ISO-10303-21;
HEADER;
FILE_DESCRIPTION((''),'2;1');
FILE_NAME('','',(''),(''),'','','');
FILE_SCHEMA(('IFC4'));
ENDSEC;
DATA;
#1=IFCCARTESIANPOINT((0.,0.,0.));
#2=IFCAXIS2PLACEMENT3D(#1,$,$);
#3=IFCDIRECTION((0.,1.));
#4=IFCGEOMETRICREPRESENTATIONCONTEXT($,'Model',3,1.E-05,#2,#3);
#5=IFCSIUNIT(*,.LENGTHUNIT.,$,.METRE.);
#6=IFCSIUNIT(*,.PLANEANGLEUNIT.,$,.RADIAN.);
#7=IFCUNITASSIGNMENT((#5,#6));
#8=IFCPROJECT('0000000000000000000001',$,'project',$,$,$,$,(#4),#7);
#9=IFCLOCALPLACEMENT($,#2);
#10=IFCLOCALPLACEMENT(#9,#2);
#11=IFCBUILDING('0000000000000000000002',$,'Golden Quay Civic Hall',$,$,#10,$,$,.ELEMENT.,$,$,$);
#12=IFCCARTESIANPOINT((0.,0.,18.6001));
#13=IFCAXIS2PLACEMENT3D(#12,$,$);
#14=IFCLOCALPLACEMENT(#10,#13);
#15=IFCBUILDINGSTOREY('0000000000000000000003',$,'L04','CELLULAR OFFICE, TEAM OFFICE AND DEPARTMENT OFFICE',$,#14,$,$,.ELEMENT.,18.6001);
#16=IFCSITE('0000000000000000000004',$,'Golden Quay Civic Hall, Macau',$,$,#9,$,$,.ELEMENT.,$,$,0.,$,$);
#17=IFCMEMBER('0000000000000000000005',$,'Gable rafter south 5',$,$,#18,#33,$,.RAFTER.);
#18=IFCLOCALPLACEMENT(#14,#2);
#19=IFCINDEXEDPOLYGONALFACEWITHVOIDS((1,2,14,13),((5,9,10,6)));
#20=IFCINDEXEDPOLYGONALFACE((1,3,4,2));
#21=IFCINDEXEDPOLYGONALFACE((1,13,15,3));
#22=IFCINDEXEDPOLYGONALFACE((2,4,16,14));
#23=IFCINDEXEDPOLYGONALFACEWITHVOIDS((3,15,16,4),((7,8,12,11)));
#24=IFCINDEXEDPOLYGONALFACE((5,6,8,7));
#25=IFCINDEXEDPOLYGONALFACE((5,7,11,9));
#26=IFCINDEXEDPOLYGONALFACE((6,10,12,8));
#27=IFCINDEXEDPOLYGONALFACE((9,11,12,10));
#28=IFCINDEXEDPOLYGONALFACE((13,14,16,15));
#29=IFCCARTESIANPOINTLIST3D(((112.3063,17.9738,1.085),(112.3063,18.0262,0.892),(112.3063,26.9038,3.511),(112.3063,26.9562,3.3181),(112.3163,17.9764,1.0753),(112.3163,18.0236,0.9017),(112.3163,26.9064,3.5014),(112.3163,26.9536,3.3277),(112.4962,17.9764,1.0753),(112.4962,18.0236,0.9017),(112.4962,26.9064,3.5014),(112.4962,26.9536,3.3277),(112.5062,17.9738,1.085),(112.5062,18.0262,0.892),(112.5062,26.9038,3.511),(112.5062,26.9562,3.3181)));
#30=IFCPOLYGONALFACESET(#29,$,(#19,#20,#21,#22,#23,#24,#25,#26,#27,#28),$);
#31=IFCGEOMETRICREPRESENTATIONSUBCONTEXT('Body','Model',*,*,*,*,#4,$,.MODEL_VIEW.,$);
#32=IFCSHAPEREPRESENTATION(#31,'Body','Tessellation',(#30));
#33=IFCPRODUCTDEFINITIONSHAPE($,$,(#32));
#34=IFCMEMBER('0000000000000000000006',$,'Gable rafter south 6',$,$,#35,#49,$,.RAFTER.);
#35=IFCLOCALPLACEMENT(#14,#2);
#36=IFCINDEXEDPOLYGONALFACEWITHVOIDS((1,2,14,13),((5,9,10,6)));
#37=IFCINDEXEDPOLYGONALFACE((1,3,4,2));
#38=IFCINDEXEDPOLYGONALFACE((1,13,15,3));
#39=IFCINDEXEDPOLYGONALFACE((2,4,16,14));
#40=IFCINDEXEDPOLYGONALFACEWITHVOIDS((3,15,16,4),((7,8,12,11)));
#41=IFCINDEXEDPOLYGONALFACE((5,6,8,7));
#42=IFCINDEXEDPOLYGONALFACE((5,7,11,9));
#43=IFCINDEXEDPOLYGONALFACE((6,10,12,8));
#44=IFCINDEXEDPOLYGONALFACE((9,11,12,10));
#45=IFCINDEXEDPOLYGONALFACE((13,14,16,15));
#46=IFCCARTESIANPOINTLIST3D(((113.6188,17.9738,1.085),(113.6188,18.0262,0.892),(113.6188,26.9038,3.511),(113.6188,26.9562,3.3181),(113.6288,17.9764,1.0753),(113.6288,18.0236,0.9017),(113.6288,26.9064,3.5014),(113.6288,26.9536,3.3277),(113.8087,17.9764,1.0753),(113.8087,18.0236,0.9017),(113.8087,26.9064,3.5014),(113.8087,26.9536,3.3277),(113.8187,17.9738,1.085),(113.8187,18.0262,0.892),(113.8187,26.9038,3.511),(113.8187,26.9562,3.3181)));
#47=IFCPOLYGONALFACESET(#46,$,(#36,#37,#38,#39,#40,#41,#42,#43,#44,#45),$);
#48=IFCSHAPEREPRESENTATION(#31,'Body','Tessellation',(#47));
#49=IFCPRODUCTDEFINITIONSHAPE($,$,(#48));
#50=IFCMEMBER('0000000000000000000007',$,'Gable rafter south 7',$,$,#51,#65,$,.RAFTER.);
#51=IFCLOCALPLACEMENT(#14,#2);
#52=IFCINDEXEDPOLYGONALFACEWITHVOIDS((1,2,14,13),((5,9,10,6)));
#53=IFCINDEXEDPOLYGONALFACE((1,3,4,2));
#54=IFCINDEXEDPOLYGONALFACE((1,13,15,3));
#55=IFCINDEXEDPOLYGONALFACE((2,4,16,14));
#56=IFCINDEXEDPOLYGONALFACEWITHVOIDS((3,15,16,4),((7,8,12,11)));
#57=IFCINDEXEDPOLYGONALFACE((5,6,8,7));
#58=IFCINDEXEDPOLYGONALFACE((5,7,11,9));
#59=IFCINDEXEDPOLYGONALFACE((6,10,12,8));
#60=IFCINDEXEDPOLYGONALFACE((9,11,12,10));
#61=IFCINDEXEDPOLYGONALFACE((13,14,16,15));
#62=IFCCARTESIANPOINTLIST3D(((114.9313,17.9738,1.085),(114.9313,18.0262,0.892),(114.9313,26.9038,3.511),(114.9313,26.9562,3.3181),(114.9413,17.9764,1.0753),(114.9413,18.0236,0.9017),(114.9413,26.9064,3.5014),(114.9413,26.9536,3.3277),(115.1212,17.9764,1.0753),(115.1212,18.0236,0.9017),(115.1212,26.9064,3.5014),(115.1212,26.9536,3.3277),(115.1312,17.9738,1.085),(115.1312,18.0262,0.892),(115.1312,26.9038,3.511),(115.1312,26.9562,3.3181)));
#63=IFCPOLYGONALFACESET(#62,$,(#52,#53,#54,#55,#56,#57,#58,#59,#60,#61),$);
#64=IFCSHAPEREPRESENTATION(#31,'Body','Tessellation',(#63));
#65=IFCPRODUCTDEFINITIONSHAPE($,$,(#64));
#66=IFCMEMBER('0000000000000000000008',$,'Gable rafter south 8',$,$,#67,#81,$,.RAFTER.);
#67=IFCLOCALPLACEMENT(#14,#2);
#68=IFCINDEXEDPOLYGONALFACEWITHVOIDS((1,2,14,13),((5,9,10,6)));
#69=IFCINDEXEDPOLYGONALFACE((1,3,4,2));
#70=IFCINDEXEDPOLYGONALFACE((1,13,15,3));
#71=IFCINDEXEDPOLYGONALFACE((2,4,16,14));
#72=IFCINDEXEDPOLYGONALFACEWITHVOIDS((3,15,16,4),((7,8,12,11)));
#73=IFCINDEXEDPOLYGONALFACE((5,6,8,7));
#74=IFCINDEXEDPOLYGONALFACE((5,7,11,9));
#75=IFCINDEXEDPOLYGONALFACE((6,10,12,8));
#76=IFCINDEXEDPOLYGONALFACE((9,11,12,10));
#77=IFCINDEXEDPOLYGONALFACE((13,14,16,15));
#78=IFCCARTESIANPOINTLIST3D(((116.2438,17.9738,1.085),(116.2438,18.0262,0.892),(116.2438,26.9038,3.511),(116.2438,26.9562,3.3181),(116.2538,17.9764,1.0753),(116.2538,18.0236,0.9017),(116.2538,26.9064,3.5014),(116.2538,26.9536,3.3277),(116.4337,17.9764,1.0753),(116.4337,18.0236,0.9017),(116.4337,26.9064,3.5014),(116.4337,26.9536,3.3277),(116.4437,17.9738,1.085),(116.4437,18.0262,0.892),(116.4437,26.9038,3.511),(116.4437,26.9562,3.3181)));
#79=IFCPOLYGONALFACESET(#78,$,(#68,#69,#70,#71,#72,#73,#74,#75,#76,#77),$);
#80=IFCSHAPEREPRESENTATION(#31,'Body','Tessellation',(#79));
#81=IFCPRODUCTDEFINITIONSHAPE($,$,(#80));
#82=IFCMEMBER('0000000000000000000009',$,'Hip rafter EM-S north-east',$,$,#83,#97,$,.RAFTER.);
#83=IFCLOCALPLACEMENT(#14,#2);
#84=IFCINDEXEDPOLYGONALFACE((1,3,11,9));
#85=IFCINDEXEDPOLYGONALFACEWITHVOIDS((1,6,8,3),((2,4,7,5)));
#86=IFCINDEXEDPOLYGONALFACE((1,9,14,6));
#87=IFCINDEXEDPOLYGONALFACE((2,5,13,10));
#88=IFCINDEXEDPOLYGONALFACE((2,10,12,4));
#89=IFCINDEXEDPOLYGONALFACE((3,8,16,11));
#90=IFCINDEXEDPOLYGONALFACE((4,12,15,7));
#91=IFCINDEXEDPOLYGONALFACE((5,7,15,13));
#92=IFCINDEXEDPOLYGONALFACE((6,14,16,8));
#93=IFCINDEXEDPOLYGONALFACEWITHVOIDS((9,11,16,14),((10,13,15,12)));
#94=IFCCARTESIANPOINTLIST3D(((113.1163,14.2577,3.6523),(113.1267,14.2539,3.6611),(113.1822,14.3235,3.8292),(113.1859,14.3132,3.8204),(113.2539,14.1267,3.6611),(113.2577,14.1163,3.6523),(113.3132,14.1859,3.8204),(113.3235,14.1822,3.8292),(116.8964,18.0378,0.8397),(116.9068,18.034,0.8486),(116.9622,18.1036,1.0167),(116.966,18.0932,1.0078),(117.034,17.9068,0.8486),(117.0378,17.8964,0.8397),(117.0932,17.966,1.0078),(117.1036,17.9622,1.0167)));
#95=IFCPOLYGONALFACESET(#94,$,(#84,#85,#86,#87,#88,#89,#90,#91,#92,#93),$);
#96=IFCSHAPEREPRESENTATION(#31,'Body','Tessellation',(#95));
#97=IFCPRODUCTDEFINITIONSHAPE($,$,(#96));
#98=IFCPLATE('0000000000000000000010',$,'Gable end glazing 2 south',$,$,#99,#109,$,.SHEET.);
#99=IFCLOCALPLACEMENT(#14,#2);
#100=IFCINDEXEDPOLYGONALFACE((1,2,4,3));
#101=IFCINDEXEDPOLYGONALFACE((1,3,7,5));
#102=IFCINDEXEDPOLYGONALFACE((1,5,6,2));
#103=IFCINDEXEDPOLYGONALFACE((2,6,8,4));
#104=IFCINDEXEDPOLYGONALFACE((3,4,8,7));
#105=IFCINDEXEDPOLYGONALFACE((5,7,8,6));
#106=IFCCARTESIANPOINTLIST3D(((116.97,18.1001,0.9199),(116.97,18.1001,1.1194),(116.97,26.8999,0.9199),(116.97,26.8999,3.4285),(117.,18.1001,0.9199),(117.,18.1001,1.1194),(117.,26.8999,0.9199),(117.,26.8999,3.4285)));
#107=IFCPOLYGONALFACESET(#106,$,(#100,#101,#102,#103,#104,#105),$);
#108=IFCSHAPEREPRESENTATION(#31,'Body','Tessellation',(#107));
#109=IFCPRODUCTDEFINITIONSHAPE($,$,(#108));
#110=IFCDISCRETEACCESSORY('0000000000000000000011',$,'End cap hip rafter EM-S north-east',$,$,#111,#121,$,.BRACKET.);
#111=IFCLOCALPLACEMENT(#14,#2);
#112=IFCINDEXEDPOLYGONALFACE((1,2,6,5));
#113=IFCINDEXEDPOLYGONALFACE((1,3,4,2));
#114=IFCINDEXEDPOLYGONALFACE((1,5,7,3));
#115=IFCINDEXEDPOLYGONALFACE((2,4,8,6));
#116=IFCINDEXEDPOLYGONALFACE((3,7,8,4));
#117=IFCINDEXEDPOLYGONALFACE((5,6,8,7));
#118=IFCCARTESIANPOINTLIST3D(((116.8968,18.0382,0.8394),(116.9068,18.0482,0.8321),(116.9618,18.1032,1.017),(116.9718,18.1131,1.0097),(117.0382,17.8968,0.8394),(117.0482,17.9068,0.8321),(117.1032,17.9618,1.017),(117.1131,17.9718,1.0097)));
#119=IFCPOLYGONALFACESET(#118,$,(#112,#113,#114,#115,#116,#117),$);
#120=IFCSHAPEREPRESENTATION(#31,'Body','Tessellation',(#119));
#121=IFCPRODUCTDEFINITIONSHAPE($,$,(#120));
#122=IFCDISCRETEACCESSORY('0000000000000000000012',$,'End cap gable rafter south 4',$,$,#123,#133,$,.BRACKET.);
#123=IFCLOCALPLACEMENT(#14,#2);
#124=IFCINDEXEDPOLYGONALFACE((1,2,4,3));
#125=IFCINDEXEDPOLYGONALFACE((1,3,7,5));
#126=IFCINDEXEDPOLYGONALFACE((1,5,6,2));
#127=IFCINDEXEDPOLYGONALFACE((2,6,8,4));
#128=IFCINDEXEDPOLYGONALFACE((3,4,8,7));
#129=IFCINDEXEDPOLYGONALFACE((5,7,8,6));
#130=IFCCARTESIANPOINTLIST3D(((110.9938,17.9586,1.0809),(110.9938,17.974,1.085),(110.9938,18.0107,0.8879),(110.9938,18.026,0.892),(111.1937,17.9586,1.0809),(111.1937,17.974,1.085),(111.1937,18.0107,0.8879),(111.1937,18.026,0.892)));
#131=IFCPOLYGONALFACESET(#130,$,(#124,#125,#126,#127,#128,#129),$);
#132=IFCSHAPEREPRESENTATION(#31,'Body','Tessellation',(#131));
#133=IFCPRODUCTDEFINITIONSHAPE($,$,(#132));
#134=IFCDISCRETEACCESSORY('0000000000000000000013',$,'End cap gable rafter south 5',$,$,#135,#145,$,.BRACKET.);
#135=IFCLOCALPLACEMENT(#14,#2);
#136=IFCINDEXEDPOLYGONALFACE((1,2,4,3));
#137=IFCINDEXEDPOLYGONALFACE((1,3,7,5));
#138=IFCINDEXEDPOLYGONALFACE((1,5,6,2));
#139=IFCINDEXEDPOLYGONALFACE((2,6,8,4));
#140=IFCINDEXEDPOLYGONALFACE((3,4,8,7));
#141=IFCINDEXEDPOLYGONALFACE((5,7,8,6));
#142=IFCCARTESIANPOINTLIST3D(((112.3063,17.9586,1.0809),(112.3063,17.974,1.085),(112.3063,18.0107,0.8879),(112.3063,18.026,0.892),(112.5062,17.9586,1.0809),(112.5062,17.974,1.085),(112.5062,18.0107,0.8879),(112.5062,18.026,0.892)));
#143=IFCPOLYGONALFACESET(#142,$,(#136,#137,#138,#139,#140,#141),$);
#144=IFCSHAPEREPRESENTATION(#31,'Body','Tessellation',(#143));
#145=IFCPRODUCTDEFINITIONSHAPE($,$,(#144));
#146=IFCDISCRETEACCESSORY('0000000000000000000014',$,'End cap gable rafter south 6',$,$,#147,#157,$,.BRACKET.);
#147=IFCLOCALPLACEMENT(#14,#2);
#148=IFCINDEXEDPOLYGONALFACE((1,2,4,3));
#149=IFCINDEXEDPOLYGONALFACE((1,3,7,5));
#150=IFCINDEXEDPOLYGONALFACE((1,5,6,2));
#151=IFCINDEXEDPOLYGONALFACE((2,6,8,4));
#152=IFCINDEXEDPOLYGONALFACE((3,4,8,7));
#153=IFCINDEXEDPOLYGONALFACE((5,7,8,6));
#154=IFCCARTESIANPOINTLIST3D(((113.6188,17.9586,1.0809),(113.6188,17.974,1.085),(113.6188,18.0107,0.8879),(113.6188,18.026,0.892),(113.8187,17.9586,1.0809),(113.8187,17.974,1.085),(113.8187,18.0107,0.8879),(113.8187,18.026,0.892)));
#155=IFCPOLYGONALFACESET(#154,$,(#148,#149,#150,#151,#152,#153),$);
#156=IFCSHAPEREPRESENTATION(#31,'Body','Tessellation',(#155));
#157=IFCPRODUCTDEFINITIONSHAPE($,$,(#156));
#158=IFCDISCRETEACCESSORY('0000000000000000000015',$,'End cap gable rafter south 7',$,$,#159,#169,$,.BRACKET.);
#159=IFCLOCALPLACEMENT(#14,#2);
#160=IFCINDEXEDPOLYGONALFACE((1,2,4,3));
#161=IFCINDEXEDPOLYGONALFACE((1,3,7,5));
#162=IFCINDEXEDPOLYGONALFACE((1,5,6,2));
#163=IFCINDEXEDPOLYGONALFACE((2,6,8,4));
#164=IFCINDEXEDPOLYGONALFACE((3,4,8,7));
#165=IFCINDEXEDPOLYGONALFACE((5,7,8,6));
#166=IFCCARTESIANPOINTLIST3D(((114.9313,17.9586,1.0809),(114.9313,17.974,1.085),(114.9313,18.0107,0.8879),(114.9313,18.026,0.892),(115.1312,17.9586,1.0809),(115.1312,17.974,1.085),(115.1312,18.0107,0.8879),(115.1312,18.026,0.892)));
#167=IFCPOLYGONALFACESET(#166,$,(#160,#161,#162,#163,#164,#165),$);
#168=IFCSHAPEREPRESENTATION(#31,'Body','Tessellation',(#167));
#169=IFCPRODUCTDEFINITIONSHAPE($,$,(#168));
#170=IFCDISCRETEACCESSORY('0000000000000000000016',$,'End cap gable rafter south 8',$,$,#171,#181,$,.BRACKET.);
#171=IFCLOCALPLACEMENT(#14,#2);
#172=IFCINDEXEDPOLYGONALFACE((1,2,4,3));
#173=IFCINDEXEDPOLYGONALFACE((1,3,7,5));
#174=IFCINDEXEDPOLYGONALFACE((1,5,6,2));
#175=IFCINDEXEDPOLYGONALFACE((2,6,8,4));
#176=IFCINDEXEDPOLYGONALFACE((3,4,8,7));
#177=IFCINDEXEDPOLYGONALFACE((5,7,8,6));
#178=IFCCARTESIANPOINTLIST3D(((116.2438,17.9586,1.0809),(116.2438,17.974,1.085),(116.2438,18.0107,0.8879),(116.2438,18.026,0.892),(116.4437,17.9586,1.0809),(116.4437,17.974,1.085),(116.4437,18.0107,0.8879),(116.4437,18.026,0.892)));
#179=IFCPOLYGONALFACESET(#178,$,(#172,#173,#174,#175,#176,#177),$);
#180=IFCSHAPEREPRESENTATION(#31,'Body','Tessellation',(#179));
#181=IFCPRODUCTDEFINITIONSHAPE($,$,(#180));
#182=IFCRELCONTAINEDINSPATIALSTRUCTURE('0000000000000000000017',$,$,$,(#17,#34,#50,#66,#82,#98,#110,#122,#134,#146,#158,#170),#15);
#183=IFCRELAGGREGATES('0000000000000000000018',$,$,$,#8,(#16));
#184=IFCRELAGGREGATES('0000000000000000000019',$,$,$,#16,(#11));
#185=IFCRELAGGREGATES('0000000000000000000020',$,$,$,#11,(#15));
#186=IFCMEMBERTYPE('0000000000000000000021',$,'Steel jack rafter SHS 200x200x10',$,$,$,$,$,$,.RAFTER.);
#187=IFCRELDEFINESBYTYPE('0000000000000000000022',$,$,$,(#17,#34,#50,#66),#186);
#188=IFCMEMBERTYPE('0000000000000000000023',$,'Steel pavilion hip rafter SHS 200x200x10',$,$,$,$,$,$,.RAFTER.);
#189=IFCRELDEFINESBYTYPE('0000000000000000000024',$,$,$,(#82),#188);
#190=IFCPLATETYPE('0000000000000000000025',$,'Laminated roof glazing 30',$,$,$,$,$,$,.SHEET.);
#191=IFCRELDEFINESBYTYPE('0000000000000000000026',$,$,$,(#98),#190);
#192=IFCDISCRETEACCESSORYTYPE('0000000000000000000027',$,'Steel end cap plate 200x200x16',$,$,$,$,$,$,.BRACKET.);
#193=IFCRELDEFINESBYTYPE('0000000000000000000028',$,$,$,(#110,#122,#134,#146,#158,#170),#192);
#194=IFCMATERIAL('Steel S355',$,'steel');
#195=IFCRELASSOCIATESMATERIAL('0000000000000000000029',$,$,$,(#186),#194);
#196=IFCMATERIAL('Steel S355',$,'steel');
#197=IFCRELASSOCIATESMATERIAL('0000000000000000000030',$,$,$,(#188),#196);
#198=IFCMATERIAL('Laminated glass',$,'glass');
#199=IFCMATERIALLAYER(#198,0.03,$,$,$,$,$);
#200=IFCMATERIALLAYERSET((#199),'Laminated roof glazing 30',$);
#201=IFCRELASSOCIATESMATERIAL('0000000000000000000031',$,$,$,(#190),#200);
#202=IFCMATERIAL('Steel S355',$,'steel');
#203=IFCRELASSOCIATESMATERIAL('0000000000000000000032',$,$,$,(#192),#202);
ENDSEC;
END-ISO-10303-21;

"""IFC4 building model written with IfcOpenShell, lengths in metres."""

from ifc_helpers import new_model, si_unit, direction, frame, origin, origin_2d, place, context, subcontext, project, spatial, polyline, rectangle, hollow_rectangle, outline, extrude, material, layer, layer_set, material_profile, profile_set, type_object, element, save


model = new_model("IFC4")

# Units and contexts
model_context = context("Model", 3, precision=1e-05, world=origin(), true_north=direction((0.0, 1.0)))
body_context = subcontext(model_context, "Body", "Model", "MODEL_VIEW")
ifc_project = project(units=[si_unit("LENGTHUNIT", "METRE"), si_unit("PLANEANGLEUNIT", "RADIAN")], contexts=[model_context])

# Site, building, storey
site_placement = place(None, origin())
site = spatial("IfcSite", under=ifc_project, at=site_placement, Name="Golden Quay Civic Hall, Macau", CompositionType="ELEMENT", RefElevation=0.0)
building_placement = place(site_placement, origin())
building = spatial("IfcBuilding", under=site, at=building_placement, Name="Golden Quay Civic Hall", CompositionType="ELEMENT")
storey_placement = place(building_placement, frame((0.0, 0.0, 18.6001)))
storey = spatial("IfcBuildingStorey", under=building, at=storey_placement, Name="L04", Description="CELLULAR OFFICE, TEAM OFFICE AND DEPARTMENT OFFICE", CompositionType="ELEMENT", Elevation=18.6001)

# Members
ifc_material_1 = material(Name="Steel S355", Category="steel")
ifc_material_profile_1 = material_profile(ifc_material_1, hollow_rectangle(XDim=0.2, YDim=0.2, WallThickness=0.01, at=origin_2d()), Name="SHS 200x200x10")
ifc_profile_set_1 = profile_set([ifc_material_profile_1], Name="Steel S355")
member_type_1 = type_object("IfcMemberType", Name="Steel jack rafter SHS 200x200x10", PredefinedType="RAFTER", material=ifc_profile_set_1)
for number, where, z_axis, x_axis, name in (
    (1, (112.4062, 18.0, 0.9885), (0.0, 0.965022, 0.262171), (-1.0, 0.0, 0.0), "Gable rafter south 5"),
    (2, (113.7188, 18.0, 0.9885), (0.0, 0.965022, 0.262171), (-1.0, 0.0, 0.0), "Gable rafter south 6"),
    (3, (115.0312, 18.0, 0.9885), (0.0, 0.965022, 0.262171), (-1.0, 0.0, 0.0), "Gable rafter south 7"),
    (4, (116.3438, 18.0, 0.9885), (0.0, 0.965022, 0.262171), (-1.0, 0.0, 0.0), "Gable rafter south 8"),
):
    element("IfcMember", number, at=place(storey_placement, frame(where, z_axis=z_axis, x_axis=x_axis)), inside=storey, type_object=member_type_1, Name=name, PredefinedType="RAFTER", context=body_context, shape_type="SweptSolid", body=[
        extrude(hollow_rectangle(XDim=0.2, YDim=0.2, WallThickness=0.01, at=origin_2d()), origin(), (0.0, 0.0, 1.0), 9.2537),
    ])
ifc_material_2 = material(Name="Steel S355", Category="steel")
ifc_material_profile_2 = material_profile(ifc_material_2, hollow_rectangle(XDim=0.2, YDim=0.2, WallThickness=0.01, at=origin_2d()), Name="SHS 200x200x10")
ifc_profile_set_2 = profile_set([ifc_material_profile_2], Name="Steel S355")
member_type_2 = type_object("IfcMemberType", Name="Steel pavilion hip rafter SHS 200x200x10", PredefinedType="RAFTER", material=ifc_profile_set_2)
member_1_placement = place(storey_placement, frame((117.0, 18.0, 0.9282), z_axis=(-0.625783, -0.625783, 0.465609), x_axis=(0.707107, -0.707107, 0.0)))
element("IfcMember", 5, at=member_1_placement, inside=storey, type_object=member_type_2, Name="Hip rafter EM-S north-east", PredefinedType="RAFTER", context=body_context, shape_type="SweptSolid", body=[
    extrude(hollow_rectangle(XDim=0.2, YDim=0.2, WallThickness=0.01, at=origin_2d()), origin(), (0.0, 0.0, 1.0), 6.0405),
])

# Plate
ifc_material_3 = material(Name="Laminated glass", Category="glass")
ifc_layer = layer(ifc_material_3, 0.03)
ifc_layer_set = layer_set([ifc_layer], Name="Laminated roof glazing 30")
plate_type = type_object("IfcPlateType", Name="Laminated roof glazing 30", PredefinedType="SHEET", material=ifc_layer_set)
plate_placement = place(storey_placement, frame((117.0, 18.1001, 0.9199), z_axis=(1.0, 0.0, 0.0), x_axis=(0.0, 1.0, 0.0)))
element("IfcPlate", 6, at=plate_placement, inside=storey, type_object=plate_type, Name="Gable end glazing 2 south", PredefinedType="SHEET", context=body_context, shape_type="SweptSolid", body=[
    extrude(outline(polyline([(0.0, 0.0), (8.7998, 0.0), (8.7998, 2.5085), (0.0, 0.1995), (0.0, 0.0)])), origin(), (0.0, 0.0, -1.0), 0.03),
])

# Discrete accessories
ifc_material_4 = material(Name="Steel S355", Category="steel")
ifc_material_profile_3 = material_profile(ifc_material_4, rectangle(XDim=0.2, YDim=0.2, at=origin_2d()), Name="Steel end cap plate 200x200x16")
ifc_profile_set_3 = profile_set([ifc_material_profile_3], Name="Steel S355")
discrete_accessory_type = type_object("IfcDiscreteAccessoryType", Name="Steel end cap plate 200x200x16", PredefinedType="BRACKET", material=ifc_profile_set_3)
for number, where, z_axis, x_axis, name in (
    (7, (117.0, 18.0, 0.9282), (0.628025, 0.628025, -0.459531), (-0.707107, 0.707107, 0.0), "End cap hip rafter EM-S north-east"),
    (8, (111.0938, 18.0, 0.9885), (0.0, -0.965468, -0.260523), (1.0, 0.0, 0.0), "End cap gable rafter south 4"),
    (9, (112.4062, 18.0, 0.9885), (0.0, -0.965468, -0.260523), (1.0, 0.0, 0.0), "End cap gable rafter south 5"),
    (10, (113.7188, 18.0, 0.9885), (0.0, -0.965468, -0.260523), (1.0, 0.0, 0.0), "End cap gable rafter south 6"),
    (11, (115.0312, 18.0, 0.9885), (0.0, -0.965468, -0.260523), (1.0, 0.0, 0.0), "End cap gable rafter south 7"),
    (12, (116.3438, 18.0, 0.9885), (0.0, -0.965468, -0.260523), (1.0, 0.0, 0.0), "End cap gable rafter south 8"),
):
    element("IfcDiscreteAccessory", number, at=place(storey_placement, frame(where, z_axis=z_axis, x_axis=x_axis)), inside=storey, type_object=discrete_accessory_type, Name=name, PredefinedType="BRACKET", context=body_context, shape_type="SweptSolid", body=[
        extrude(rectangle(XDim=0.2, YDim=0.2, at=origin_2d()), origin(), (0.0, 0.0, 1.0), 0.0159),
    ])

save(model, "model.ifc")
